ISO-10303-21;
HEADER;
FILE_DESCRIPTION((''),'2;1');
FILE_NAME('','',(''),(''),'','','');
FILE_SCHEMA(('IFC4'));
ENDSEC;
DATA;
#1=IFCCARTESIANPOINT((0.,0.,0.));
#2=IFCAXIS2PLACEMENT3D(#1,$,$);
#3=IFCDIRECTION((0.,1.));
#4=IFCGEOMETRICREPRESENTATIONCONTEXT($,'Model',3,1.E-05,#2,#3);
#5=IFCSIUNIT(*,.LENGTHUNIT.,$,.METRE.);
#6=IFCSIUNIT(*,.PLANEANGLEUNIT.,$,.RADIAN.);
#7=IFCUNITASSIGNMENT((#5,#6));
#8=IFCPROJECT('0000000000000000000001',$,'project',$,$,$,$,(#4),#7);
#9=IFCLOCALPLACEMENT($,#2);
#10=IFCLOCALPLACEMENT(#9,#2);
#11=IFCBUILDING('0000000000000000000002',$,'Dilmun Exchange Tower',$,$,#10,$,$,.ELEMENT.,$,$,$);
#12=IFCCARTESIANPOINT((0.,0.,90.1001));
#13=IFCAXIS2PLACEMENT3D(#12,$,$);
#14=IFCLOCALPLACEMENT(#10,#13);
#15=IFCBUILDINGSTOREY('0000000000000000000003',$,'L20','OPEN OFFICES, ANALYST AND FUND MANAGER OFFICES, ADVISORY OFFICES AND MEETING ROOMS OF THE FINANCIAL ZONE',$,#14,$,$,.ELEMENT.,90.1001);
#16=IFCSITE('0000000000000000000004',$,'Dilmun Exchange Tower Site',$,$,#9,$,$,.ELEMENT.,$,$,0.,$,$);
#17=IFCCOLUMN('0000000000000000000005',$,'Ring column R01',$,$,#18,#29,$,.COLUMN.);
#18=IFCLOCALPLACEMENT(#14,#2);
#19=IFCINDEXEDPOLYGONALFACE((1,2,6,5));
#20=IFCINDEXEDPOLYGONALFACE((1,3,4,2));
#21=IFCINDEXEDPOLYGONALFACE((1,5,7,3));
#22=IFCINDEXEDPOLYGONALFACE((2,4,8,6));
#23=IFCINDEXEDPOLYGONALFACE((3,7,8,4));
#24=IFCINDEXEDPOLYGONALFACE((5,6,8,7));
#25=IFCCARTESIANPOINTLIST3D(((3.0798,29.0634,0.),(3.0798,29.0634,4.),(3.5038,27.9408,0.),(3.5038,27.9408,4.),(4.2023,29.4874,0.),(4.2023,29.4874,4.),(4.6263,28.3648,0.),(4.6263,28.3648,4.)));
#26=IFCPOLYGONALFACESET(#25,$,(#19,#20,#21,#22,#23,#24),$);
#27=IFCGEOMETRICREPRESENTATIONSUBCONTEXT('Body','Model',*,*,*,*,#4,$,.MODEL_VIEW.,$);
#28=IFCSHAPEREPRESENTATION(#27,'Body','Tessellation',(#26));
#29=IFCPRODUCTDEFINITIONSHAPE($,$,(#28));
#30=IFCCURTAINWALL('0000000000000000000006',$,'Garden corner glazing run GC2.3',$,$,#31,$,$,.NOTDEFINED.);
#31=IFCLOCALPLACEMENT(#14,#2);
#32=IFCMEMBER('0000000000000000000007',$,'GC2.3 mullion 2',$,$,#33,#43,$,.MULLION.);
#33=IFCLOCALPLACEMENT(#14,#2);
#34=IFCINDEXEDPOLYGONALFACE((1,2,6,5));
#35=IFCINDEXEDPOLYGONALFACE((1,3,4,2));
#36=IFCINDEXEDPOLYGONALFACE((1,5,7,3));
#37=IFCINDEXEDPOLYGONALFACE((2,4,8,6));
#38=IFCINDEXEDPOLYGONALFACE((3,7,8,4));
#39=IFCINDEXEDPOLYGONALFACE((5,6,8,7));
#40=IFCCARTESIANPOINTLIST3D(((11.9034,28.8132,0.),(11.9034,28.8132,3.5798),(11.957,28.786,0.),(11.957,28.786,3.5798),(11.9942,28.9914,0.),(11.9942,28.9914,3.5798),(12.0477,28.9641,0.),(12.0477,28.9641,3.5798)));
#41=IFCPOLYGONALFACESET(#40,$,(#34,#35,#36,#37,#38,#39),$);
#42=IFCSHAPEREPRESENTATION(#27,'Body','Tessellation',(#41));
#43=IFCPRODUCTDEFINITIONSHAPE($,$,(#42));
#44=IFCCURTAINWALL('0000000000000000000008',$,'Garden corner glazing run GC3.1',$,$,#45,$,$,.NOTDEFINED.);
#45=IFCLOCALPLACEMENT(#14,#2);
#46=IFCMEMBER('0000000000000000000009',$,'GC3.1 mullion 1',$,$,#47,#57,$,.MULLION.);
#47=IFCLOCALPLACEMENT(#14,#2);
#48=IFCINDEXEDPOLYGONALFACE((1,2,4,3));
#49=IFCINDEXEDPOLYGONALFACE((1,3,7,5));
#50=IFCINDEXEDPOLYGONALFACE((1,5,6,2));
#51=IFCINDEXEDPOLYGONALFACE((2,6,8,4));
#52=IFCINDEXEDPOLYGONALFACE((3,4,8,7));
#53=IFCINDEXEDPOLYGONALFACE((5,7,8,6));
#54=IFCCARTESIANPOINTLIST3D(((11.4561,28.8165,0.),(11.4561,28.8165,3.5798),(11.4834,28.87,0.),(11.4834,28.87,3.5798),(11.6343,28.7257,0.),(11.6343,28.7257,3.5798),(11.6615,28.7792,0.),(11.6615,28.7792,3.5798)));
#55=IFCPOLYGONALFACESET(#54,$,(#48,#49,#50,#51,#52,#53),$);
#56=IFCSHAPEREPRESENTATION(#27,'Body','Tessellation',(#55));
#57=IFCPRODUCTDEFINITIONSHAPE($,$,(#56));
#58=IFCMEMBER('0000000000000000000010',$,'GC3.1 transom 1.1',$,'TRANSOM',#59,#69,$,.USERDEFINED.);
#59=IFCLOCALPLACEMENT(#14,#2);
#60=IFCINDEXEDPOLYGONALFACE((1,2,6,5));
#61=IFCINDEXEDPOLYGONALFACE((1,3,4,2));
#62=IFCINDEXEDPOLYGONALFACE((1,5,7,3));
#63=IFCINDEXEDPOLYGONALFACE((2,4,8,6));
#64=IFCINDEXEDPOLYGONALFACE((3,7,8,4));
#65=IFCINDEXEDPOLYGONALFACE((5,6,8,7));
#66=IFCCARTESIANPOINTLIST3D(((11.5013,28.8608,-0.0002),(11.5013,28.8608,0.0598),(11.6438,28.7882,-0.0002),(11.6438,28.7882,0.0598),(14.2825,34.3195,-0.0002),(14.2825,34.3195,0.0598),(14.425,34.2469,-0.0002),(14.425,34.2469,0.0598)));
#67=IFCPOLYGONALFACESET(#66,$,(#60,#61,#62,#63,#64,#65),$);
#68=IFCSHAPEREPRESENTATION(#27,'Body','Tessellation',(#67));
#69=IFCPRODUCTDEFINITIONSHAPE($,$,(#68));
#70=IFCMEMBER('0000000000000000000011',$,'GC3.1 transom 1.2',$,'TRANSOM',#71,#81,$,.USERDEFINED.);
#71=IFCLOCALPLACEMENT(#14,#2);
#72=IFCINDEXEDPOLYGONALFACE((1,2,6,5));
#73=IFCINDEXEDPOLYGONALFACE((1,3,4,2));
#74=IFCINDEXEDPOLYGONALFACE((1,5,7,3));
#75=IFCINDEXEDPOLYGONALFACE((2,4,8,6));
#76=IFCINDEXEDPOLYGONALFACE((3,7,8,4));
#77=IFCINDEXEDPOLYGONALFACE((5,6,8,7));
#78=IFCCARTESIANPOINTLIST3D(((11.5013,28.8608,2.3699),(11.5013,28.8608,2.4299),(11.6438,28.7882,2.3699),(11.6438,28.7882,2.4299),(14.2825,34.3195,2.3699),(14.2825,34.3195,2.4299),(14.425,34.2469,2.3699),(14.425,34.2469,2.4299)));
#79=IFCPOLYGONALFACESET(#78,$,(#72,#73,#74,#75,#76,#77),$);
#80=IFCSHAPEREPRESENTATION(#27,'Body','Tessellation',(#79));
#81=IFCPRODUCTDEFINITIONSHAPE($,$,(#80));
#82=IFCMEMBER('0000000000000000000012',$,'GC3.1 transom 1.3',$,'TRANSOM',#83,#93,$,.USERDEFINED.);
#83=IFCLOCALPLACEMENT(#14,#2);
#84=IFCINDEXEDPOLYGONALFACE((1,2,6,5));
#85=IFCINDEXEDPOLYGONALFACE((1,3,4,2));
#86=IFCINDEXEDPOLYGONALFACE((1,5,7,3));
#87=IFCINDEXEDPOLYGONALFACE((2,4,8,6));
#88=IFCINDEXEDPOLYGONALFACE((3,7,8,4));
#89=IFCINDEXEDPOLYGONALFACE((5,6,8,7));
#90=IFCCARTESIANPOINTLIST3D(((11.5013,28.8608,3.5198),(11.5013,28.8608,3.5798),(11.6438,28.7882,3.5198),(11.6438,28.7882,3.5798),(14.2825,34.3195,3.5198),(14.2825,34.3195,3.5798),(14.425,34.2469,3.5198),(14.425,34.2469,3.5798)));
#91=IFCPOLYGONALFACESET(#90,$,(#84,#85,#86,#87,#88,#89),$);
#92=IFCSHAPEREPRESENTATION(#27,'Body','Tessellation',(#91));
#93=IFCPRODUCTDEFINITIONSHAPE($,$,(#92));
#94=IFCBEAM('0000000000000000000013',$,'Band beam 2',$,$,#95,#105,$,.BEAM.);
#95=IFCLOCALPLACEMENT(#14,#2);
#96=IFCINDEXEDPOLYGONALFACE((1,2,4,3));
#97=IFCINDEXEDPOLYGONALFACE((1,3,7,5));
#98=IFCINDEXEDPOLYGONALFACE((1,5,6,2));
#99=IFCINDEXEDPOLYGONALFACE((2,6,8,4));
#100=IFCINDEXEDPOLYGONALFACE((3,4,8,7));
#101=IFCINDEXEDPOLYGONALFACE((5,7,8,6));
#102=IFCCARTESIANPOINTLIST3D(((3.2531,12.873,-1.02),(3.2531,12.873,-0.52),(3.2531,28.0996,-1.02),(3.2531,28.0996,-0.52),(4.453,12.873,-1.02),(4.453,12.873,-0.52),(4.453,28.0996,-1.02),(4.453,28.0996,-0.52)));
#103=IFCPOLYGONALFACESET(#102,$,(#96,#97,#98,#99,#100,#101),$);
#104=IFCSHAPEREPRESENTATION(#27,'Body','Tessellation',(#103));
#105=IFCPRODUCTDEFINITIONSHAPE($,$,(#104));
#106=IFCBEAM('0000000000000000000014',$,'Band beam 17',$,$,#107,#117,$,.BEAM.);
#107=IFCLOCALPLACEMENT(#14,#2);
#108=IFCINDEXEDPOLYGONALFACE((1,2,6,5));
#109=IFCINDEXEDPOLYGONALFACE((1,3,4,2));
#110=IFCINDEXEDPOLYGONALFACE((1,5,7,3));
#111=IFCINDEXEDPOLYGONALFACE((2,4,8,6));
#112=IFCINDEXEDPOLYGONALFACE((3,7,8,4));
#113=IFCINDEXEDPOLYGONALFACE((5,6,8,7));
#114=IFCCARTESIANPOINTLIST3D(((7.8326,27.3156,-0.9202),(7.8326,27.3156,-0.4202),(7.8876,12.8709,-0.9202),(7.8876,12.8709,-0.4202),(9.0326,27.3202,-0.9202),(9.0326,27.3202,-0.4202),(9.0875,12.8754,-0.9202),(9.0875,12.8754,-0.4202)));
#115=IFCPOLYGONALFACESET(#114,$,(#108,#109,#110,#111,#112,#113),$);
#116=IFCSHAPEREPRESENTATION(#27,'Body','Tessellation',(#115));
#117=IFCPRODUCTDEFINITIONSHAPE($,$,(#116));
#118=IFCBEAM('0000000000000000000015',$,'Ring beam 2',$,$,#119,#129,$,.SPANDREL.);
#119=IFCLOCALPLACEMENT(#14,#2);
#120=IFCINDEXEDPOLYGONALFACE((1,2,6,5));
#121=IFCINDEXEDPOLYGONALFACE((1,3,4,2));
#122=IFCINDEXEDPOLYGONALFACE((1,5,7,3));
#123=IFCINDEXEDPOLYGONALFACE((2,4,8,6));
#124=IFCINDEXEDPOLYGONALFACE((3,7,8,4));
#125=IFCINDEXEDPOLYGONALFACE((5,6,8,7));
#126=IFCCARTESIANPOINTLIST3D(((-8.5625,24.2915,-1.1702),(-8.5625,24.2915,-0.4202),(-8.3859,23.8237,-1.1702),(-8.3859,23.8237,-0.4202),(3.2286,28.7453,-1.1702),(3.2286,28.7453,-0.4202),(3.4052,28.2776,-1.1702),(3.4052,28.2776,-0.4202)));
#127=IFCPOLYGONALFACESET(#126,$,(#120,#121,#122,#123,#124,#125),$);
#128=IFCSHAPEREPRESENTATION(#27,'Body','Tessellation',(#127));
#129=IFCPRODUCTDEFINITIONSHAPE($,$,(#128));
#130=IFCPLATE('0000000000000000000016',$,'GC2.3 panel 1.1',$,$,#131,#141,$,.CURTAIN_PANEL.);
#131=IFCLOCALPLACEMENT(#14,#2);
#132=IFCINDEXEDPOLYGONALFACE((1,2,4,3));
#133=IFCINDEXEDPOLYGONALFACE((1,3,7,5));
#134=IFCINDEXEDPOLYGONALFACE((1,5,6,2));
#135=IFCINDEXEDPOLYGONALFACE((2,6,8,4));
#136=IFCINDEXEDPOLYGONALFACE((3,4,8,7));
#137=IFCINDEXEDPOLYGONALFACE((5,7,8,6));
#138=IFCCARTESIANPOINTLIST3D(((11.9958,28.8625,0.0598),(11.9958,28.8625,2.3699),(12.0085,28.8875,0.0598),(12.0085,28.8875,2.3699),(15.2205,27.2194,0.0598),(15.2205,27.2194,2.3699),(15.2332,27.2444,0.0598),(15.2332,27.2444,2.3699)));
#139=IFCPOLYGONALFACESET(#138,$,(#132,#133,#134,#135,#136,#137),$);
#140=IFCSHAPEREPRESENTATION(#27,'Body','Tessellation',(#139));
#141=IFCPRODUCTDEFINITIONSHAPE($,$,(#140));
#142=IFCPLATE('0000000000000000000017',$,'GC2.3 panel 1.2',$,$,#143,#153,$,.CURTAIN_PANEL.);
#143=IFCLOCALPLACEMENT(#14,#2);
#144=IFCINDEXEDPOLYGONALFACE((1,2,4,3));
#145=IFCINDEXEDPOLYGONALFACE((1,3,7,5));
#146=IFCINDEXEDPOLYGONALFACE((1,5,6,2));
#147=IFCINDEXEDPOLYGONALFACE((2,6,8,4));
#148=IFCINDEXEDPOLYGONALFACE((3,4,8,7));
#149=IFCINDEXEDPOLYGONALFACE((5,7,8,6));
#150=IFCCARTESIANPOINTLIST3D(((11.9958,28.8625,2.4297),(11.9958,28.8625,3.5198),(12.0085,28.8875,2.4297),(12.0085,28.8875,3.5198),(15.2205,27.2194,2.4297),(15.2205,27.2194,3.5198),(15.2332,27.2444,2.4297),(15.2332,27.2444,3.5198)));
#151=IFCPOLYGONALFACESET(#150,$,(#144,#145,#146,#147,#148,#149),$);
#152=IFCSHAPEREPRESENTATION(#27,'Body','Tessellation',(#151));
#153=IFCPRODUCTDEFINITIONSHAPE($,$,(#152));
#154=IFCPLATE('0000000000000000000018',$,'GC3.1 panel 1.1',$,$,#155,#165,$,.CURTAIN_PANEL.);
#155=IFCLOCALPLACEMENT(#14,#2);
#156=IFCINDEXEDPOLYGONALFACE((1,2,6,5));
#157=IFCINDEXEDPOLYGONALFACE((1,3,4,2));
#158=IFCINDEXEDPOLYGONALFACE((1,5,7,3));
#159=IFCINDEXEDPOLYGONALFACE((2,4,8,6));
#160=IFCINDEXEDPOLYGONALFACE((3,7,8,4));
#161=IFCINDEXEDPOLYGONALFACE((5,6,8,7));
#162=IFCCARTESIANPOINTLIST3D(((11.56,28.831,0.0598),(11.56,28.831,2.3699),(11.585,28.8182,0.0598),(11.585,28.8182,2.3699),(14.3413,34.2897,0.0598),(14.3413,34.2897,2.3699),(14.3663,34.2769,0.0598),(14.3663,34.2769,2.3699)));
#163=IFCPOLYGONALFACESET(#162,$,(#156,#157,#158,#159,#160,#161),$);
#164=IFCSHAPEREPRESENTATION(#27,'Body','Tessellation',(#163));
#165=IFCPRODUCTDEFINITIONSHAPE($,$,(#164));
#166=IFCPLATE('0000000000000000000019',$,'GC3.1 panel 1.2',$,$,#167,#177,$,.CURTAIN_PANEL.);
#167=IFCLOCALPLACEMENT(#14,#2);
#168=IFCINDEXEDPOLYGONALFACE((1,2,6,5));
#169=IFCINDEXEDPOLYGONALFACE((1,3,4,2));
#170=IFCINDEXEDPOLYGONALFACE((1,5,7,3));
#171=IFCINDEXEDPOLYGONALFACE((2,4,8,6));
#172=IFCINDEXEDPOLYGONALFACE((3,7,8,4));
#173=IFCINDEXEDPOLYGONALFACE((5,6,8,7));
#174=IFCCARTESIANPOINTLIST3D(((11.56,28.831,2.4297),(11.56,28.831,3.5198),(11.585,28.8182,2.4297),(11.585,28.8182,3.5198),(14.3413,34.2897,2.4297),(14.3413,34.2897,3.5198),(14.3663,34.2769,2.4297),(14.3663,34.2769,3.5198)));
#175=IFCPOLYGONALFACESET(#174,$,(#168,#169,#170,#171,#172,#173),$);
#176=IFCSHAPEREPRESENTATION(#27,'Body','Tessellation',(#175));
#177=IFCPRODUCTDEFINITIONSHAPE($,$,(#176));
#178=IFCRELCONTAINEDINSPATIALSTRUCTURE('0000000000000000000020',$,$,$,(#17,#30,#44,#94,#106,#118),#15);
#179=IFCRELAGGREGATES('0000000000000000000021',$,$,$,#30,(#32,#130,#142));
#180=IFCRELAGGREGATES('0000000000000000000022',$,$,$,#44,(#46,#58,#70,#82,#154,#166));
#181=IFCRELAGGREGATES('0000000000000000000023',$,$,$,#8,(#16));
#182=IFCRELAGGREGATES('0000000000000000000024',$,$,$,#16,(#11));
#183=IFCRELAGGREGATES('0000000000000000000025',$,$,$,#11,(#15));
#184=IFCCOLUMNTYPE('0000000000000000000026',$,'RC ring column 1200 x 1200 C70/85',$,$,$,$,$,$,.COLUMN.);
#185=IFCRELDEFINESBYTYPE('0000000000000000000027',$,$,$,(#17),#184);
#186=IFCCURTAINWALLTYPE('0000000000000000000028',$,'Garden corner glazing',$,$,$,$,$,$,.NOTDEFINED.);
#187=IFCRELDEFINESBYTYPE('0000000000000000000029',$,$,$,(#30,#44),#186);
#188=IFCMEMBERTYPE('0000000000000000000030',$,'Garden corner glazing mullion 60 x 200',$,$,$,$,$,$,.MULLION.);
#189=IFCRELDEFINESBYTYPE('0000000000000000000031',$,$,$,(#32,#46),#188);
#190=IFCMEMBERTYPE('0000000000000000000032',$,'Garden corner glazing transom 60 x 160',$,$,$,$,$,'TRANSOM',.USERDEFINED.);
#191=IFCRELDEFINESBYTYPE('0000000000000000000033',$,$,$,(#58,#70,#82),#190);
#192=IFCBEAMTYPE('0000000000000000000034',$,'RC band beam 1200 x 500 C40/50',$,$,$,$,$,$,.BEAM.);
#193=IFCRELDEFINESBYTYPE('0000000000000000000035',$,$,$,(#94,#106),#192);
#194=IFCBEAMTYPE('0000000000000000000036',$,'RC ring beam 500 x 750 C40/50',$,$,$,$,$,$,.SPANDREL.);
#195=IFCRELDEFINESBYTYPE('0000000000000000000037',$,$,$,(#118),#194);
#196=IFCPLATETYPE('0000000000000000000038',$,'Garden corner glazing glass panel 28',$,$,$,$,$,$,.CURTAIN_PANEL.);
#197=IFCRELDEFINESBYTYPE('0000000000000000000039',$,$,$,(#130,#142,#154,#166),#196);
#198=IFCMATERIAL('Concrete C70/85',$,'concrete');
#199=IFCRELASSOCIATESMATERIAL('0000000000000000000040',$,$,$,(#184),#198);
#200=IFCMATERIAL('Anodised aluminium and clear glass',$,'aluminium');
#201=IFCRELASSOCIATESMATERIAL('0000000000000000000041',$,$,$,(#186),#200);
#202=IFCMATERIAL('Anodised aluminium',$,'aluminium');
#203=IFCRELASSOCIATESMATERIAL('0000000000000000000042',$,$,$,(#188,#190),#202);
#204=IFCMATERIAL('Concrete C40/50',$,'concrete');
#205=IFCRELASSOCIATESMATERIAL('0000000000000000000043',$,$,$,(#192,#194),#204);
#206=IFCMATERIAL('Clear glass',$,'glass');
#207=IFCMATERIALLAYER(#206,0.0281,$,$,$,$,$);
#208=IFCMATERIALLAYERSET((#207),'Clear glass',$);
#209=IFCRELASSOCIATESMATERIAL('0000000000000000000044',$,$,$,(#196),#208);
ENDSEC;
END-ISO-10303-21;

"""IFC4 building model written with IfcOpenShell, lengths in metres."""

from ifc_helpers import new_model, si_unit, direction, frame, origin, origin_2d, place, context, subcontext, project, spatial, rectangle, extrude, material, layer, layer_set, material_profile, profile_set, type_object, element, aggregate, save


model = new_model("IFC4")

# Units and contexts
model_context = context("Model", 3, precision=1e-05, world=origin(), true_north=direction((0.0, 1.0)))
body_context = subcontext(model_context, "Body", "Model", "MODEL_VIEW")
ifc_project = project(units=[si_unit("LENGTHUNIT", "METRE"), si_unit("PLANEANGLEUNIT", "RADIAN")], contexts=[model_context])

# Site, building, storey
site_placement = place(None, origin())
site = spatial("IfcSite", under=ifc_project, at=site_placement, Name="Dilmun Exchange Tower Site", CompositionType="ELEMENT", RefElevation=0.0)
building_placement = place(site_placement, origin())
building = spatial("IfcBuilding", under=site, at=building_placement, Name="Dilmun Exchange Tower", CompositionType="ELEMENT")
storey_placement = place(building_placement, frame((0.0, 0.0, 90.1001)))
storey = spatial("IfcBuildingStorey", under=building, at=storey_placement, Name="L20", Description="OPEN OFFICES, ANALYST AND FUND MANAGER OFFICES, ADVISORY OFFICES AND MEETING ROOMS OF THE FINANCIAL ZONE", CompositionType="ELEMENT", Elevation=90.1001)

# Column
ifc_material_1 = material(Name="Concrete C70/85", Category="concrete")
ifc_material_profile_1 = material_profile(ifc_material_1, rectangle(XDim=1.2, YDim=1.2, at=origin_2d()), Name="1200 x 1200")
ifc_profile_set_1 = profile_set([ifc_material_profile_1], Name="Concrete C70/85")
column_type = type_object("IfcColumnType", Name="RC ring column 1200 x 1200 C70/85", PredefinedType="COLUMN", material=ifc_profile_set_1)
column_placement = place(storey_placement, frame((3.853, 28.7141, 0.0), z_axis=(0.0, 0.0, 1.0), x_axis=(0.935492, 0.353349, 0.0)))
element("IfcColumn", 1, at=column_placement, inside=storey, type_object=column_type, Name="Ring column R01", PredefinedType="COLUMN", context=body_context, shape_type="SweptSolid", body=[
    extrude(rectangle(XDim=1.2, YDim=1.2, at=origin_2d()), origin(), (0.0, 0.0, 1.0), 4.0),
])

# Curtain wall, member
ifc_material_2 = material(Name="Anodised aluminium and clear glass", Category="aluminium")
curtain_wall_type = type_object("IfcCurtainWallType", Name="Garden corner glazing", PredefinedType="NOTDEFINED", material=ifc_material_2)
curtain_wall_1_placement = place(storey_placement, origin())
curtain_wall_1 = element("IfcCurtainWall", 2, at=curtain_wall_1_placement, inside=storey, type_object=curtain_wall_type, Name="Garden corner glazing run GC2.3", PredefinedType="NOTDEFINED")
ifc_material_3 = material(Name="Anodised aluminium", Category="aluminium")
ifc_material_profile_2 = material_profile(ifc_material_3, rectangle(XDim=0.2, YDim=0.0601, at=origin_2d()), Name="AL 60x200")
ifc_profile_set_2 = profile_set([ifc_material_profile_2], Name="Anodised aluminium")
member_type_1 = type_object("IfcMemberType", Name="Garden corner glazing mullion 60 x 200", PredefinedType="MULLION", material=ifc_profile_set_2)
member_1_placement = place(storey_placement, frame((11.9756, 28.8887, 0.0), z_axis=(0.0, 0.0, 1.0), x_axis=(-0.453994, -0.891005, 0.0)))
member_1 = element("IfcMember", 3, at=member_1_placement, type_object=member_type_1, Name="GC2.3 mullion 2", PredefinedType="MULLION", context=body_context, shape_type="SweptSolid", body=[
    extrude(rectangle(XDim=0.2, YDim=0.0601, at=origin_2d()), origin(), (0.0, 0.0, 1.0), 3.5798),
])

# Curtain wall, members
curtain_wall_2_placement = place(storey_placement, origin())
curtain_wall_2 = element("IfcCurtainWall", 4, at=curtain_wall_2_placement, inside=storey, type_object=curtain_wall_type, Name="Garden corner glazing run GC3.1", PredefinedType="NOTDEFINED")
member_2_placement = place(storey_placement, frame((11.5588, 28.7979, 0.0), z_axis=(0.0, 0.0, 1.0), x_axis=(-0.891007, 0.453989, 0.0)))
member_2 = element("IfcMember", 5, at=member_2_placement, type_object=member_type_1, Name="GC3.1 mullion 1", PredefinedType="MULLION", context=body_context, shape_type="SweptSolid", body=[
    extrude(rectangle(XDim=0.2, YDim=0.0601, at=origin_2d()), origin(), (0.0, 0.0, 1.0), 3.5798),
])
ifc_material_profile_3 = material_profile(ifc_material_3, rectangle(XDim=0.1599, YDim=0.0601, at=origin_2d()), Name="AL 60x160")
ifc_profile_set_3 = profile_set([ifc_material_profile_3], Name="Anodised aluminium")
member_type_2 = type_object("IfcMemberType", Name="Garden corner glazing transom 60 x 160", ElementType="TRANSOM", PredefinedType="USERDEFINED", material=ifc_profile_set_3)
member_3_placement = place(storey_placement, frame((11.5725, 28.8245, 0.0298), z_axis=(0.453975, 0.891014, 0.0), x_axis=(-0.891014, 0.453975, 0.0)))
member_3 = element("IfcMember", 6, at=member_3_placement, type_object=member_type_2, Name="GC3.1 transom 1.1", ObjectType="TRANSOM", PredefinedType="USERDEFINED", context=body_context, shape_type="SweptSolid", body=[
    extrude(rectangle(XDim=0.1599, YDim=0.0601, at=origin_2d()), origin(), (0.0, 0.0, 1.0), 6.1265),
])
member_4_placement = place(storey_placement, frame((11.5725, 28.8245, 2.3999), z_axis=(0.453975, 0.891014, 0.0), x_axis=(-0.891014, 0.453975, 0.0)))
member_4 = element("IfcMember", 7, at=member_4_placement, type_object=member_type_2, Name="GC3.1 transom 1.2", ObjectType="TRANSOM", PredefinedType="USERDEFINED", context=body_context, shape_type="SweptSolid", body=[
    extrude(rectangle(XDim=0.1599, YDim=0.0601, at=origin_2d()), origin(), (0.0, 0.0, 1.0), 6.1265),
])
member_5_placement = place(storey_placement, frame((11.5725, 28.8245, 3.5498), z_axis=(0.453975, 0.891014, 0.0), x_axis=(-0.891014, 0.453975, 0.0)))
member_5 = element("IfcMember", 8, at=member_5_placement, type_object=member_type_2, Name="GC3.1 transom 1.3", ObjectType="TRANSOM", PredefinedType="USERDEFINED", context=body_context, shape_type="SweptSolid", body=[
    extrude(rectangle(XDim=0.1599, YDim=0.0601, at=origin_2d()), origin(), (0.0, 0.0, 1.0), 6.1265),
])

# Beams
ifc_material_4 = material(Name="Concrete C40/50", Category="concrete")
ifc_material_profile_4 = material_profile(ifc_material_4, rectangle(XDim=1.2, YDim=0.5, at=origin_2d()), Name="1200 x 500")
ifc_profile_set_4 = profile_set([ifc_material_profile_4], Name="Concrete C40/50")
beam_type_1 = type_object("IfcBeamType", Name="RC band beam 1200 x 500 C40/50", PredefinedType="BEAM", material=ifc_profile_set_4)
beam_1_placement = place(storey_placement, frame((3.853, 28.0996, -0.77), z_axis=(0.0, -1.0, 0.0), x_axis=(1.0, 0.0, 0.0)))
element("IfcBeam", 9, at=beam_1_placement, inside=storey, type_object=beam_type_1, Name="Band beam 2", PredefinedType="BEAM", context=body_context, shape_type="SweptSolid", body=[
    extrude(rectangle(XDim=1.2, YDim=0.5, at=origin_2d()), origin(), (0.0, 0.0, 1.0), 15.2266),
])
beam_2_placement = place(storey_placement, frame((8.4326, 27.3179, -0.6702), z_axis=(0.003803, -0.999993, 0.0), x_axis=(0.999993, 0.003803, 0.0)))
element("IfcBeam", 10, at=beam_2_placement, inside=storey, type_object=beam_type_1, Name="Band beam 17", PredefinedType="BEAM", context=body_context, shape_type="SweptSolid", body=[
    extrude(rectangle(XDim=1.2, YDim=0.5, at=origin_2d()), origin(), (0.0, 0.0, 1.0), 14.4448),
])
ifc_material_profile_5 = material_profile(ifc_material_4, rectangle(XDim=0.5, YDim=0.75, at=origin_2d()), Name="500 x 750")
ifc_profile_set_5 = profile_set([ifc_material_profile_5], Name="Concrete C40/50")
beam_type_2 = type_object("IfcBeamType", Name="RC ring beam 500 x 750 C40/50", PredefinedType="SPANDREL", material=ifc_profile_set_5)
beam_3_placement = place(storey_placement, frame((3.3169, 28.5115, -0.7952), z_axis=(-0.935486, -0.353364, 0.0), x_axis=(0.353364, -0.935486, 0.0)))
element("IfcBeam", 11, at=beam_3_placement, inside=storey, type_object=beam_type_2, Name="Ring beam 2", PredefinedType="SPANDREL", context=body_context, shape_type="SweptSolid", body=[
    extrude(rectangle(XDim=0.5, YDim=0.75, at=origin_2d()), origin(), (0.0, 0.0, 1.0), 12.6042),
])

# Plates
ifc_material_5 = material(Name="Clear glass", Category="glass")
ifc_layer_1 = layer(ifc_material_5, 0.0281)
ifc_layer_set_1 = layer_set([ifc_layer_1], Name="Clear glass")
plate_type = type_object("IfcPlateType", Name="Garden corner glazing glass panel 28", PredefinedType="CURTAIN_PANEL", material=ifc_layer_set_1)
plate_1_placement = place(storey_placement, frame((13.6145, 28.0535, 0.0598), z_axis=(0.0, 0.0, 1.0), x_axis=(-0.891005, 0.453994, 0.0)))
plate_1 = element("IfcPlate", 12, at=plate_1_placement, type_object=plate_type, Name="GC2.3 panel 1.1", PredefinedType="CURTAIN_PANEL", context=body_context, shape_type="SweptSolid", body=[
    extrude(rectangle(XDim=3.6191, YDim=0.0281, at=origin_2d()), origin(), (0.0, 0.0, 1.0), 2.3101),
])
plate_2_placement = place(storey_placement, frame((13.6145, 28.0535, 2.4297), z_axis=(0.0, 0.0, 1.0), x_axis=(-0.891005, 0.453994, 0.0)))
plate_2 = element("IfcPlate", 13, at=plate_2_placement, type_object=plate_type, Name="GC2.3 panel 1.2", PredefinedType="CURTAIN_PANEL", context=body_context, shape_type="SweptSolid", body=[
    extrude(rectangle(XDim=3.6191, YDim=0.0281, at=origin_2d()), origin(), (0.0, 0.0, 1.0), 1.0901),
])
aggregate(curtain_wall_1, [member_1, plate_1, plate_2])
plate_3_placement = place(storey_placement, frame((12.9631, 31.554, 0.0598), z_axis=(0.0, 0.0, 1.0), x_axis=(0.453989, 0.891007, 0.0)))
plate_3 = element("IfcPlate", 14, at=plate_3_placement, type_object=plate_type, Name="GC3.1 panel 1.1", PredefinedType="CURTAIN_PANEL", context=body_context, shape_type="SweptSolid", body=[
    extrude(rectangle(XDim=6.1265, YDim=0.0281, at=origin_2d()), origin(), (0.0, 0.0, 1.0), 2.3101),
])
plate_4_placement = place(storey_placement, frame((12.9631, 31.554, 2.4297), z_axis=(0.0, 0.0, 1.0), x_axis=(0.453989, 0.891007, 0.0)))
plate_4 = element("IfcPlate", 15, at=plate_4_placement, type_object=plate_type, Name="GC3.1 panel 1.2", PredefinedType="CURTAIN_PANEL", context=body_context, shape_type="SweptSolid", body=[
    extrude(rectangle(XDim=6.1265, YDim=0.0281, at=origin_2d()), origin(), (0.0, 0.0, 1.0), 1.0901),
])
aggregate(curtain_wall_2, [member_2, member_3, member_4, member_5, plate_3, plate_4])

save(model, "model.ifc")
